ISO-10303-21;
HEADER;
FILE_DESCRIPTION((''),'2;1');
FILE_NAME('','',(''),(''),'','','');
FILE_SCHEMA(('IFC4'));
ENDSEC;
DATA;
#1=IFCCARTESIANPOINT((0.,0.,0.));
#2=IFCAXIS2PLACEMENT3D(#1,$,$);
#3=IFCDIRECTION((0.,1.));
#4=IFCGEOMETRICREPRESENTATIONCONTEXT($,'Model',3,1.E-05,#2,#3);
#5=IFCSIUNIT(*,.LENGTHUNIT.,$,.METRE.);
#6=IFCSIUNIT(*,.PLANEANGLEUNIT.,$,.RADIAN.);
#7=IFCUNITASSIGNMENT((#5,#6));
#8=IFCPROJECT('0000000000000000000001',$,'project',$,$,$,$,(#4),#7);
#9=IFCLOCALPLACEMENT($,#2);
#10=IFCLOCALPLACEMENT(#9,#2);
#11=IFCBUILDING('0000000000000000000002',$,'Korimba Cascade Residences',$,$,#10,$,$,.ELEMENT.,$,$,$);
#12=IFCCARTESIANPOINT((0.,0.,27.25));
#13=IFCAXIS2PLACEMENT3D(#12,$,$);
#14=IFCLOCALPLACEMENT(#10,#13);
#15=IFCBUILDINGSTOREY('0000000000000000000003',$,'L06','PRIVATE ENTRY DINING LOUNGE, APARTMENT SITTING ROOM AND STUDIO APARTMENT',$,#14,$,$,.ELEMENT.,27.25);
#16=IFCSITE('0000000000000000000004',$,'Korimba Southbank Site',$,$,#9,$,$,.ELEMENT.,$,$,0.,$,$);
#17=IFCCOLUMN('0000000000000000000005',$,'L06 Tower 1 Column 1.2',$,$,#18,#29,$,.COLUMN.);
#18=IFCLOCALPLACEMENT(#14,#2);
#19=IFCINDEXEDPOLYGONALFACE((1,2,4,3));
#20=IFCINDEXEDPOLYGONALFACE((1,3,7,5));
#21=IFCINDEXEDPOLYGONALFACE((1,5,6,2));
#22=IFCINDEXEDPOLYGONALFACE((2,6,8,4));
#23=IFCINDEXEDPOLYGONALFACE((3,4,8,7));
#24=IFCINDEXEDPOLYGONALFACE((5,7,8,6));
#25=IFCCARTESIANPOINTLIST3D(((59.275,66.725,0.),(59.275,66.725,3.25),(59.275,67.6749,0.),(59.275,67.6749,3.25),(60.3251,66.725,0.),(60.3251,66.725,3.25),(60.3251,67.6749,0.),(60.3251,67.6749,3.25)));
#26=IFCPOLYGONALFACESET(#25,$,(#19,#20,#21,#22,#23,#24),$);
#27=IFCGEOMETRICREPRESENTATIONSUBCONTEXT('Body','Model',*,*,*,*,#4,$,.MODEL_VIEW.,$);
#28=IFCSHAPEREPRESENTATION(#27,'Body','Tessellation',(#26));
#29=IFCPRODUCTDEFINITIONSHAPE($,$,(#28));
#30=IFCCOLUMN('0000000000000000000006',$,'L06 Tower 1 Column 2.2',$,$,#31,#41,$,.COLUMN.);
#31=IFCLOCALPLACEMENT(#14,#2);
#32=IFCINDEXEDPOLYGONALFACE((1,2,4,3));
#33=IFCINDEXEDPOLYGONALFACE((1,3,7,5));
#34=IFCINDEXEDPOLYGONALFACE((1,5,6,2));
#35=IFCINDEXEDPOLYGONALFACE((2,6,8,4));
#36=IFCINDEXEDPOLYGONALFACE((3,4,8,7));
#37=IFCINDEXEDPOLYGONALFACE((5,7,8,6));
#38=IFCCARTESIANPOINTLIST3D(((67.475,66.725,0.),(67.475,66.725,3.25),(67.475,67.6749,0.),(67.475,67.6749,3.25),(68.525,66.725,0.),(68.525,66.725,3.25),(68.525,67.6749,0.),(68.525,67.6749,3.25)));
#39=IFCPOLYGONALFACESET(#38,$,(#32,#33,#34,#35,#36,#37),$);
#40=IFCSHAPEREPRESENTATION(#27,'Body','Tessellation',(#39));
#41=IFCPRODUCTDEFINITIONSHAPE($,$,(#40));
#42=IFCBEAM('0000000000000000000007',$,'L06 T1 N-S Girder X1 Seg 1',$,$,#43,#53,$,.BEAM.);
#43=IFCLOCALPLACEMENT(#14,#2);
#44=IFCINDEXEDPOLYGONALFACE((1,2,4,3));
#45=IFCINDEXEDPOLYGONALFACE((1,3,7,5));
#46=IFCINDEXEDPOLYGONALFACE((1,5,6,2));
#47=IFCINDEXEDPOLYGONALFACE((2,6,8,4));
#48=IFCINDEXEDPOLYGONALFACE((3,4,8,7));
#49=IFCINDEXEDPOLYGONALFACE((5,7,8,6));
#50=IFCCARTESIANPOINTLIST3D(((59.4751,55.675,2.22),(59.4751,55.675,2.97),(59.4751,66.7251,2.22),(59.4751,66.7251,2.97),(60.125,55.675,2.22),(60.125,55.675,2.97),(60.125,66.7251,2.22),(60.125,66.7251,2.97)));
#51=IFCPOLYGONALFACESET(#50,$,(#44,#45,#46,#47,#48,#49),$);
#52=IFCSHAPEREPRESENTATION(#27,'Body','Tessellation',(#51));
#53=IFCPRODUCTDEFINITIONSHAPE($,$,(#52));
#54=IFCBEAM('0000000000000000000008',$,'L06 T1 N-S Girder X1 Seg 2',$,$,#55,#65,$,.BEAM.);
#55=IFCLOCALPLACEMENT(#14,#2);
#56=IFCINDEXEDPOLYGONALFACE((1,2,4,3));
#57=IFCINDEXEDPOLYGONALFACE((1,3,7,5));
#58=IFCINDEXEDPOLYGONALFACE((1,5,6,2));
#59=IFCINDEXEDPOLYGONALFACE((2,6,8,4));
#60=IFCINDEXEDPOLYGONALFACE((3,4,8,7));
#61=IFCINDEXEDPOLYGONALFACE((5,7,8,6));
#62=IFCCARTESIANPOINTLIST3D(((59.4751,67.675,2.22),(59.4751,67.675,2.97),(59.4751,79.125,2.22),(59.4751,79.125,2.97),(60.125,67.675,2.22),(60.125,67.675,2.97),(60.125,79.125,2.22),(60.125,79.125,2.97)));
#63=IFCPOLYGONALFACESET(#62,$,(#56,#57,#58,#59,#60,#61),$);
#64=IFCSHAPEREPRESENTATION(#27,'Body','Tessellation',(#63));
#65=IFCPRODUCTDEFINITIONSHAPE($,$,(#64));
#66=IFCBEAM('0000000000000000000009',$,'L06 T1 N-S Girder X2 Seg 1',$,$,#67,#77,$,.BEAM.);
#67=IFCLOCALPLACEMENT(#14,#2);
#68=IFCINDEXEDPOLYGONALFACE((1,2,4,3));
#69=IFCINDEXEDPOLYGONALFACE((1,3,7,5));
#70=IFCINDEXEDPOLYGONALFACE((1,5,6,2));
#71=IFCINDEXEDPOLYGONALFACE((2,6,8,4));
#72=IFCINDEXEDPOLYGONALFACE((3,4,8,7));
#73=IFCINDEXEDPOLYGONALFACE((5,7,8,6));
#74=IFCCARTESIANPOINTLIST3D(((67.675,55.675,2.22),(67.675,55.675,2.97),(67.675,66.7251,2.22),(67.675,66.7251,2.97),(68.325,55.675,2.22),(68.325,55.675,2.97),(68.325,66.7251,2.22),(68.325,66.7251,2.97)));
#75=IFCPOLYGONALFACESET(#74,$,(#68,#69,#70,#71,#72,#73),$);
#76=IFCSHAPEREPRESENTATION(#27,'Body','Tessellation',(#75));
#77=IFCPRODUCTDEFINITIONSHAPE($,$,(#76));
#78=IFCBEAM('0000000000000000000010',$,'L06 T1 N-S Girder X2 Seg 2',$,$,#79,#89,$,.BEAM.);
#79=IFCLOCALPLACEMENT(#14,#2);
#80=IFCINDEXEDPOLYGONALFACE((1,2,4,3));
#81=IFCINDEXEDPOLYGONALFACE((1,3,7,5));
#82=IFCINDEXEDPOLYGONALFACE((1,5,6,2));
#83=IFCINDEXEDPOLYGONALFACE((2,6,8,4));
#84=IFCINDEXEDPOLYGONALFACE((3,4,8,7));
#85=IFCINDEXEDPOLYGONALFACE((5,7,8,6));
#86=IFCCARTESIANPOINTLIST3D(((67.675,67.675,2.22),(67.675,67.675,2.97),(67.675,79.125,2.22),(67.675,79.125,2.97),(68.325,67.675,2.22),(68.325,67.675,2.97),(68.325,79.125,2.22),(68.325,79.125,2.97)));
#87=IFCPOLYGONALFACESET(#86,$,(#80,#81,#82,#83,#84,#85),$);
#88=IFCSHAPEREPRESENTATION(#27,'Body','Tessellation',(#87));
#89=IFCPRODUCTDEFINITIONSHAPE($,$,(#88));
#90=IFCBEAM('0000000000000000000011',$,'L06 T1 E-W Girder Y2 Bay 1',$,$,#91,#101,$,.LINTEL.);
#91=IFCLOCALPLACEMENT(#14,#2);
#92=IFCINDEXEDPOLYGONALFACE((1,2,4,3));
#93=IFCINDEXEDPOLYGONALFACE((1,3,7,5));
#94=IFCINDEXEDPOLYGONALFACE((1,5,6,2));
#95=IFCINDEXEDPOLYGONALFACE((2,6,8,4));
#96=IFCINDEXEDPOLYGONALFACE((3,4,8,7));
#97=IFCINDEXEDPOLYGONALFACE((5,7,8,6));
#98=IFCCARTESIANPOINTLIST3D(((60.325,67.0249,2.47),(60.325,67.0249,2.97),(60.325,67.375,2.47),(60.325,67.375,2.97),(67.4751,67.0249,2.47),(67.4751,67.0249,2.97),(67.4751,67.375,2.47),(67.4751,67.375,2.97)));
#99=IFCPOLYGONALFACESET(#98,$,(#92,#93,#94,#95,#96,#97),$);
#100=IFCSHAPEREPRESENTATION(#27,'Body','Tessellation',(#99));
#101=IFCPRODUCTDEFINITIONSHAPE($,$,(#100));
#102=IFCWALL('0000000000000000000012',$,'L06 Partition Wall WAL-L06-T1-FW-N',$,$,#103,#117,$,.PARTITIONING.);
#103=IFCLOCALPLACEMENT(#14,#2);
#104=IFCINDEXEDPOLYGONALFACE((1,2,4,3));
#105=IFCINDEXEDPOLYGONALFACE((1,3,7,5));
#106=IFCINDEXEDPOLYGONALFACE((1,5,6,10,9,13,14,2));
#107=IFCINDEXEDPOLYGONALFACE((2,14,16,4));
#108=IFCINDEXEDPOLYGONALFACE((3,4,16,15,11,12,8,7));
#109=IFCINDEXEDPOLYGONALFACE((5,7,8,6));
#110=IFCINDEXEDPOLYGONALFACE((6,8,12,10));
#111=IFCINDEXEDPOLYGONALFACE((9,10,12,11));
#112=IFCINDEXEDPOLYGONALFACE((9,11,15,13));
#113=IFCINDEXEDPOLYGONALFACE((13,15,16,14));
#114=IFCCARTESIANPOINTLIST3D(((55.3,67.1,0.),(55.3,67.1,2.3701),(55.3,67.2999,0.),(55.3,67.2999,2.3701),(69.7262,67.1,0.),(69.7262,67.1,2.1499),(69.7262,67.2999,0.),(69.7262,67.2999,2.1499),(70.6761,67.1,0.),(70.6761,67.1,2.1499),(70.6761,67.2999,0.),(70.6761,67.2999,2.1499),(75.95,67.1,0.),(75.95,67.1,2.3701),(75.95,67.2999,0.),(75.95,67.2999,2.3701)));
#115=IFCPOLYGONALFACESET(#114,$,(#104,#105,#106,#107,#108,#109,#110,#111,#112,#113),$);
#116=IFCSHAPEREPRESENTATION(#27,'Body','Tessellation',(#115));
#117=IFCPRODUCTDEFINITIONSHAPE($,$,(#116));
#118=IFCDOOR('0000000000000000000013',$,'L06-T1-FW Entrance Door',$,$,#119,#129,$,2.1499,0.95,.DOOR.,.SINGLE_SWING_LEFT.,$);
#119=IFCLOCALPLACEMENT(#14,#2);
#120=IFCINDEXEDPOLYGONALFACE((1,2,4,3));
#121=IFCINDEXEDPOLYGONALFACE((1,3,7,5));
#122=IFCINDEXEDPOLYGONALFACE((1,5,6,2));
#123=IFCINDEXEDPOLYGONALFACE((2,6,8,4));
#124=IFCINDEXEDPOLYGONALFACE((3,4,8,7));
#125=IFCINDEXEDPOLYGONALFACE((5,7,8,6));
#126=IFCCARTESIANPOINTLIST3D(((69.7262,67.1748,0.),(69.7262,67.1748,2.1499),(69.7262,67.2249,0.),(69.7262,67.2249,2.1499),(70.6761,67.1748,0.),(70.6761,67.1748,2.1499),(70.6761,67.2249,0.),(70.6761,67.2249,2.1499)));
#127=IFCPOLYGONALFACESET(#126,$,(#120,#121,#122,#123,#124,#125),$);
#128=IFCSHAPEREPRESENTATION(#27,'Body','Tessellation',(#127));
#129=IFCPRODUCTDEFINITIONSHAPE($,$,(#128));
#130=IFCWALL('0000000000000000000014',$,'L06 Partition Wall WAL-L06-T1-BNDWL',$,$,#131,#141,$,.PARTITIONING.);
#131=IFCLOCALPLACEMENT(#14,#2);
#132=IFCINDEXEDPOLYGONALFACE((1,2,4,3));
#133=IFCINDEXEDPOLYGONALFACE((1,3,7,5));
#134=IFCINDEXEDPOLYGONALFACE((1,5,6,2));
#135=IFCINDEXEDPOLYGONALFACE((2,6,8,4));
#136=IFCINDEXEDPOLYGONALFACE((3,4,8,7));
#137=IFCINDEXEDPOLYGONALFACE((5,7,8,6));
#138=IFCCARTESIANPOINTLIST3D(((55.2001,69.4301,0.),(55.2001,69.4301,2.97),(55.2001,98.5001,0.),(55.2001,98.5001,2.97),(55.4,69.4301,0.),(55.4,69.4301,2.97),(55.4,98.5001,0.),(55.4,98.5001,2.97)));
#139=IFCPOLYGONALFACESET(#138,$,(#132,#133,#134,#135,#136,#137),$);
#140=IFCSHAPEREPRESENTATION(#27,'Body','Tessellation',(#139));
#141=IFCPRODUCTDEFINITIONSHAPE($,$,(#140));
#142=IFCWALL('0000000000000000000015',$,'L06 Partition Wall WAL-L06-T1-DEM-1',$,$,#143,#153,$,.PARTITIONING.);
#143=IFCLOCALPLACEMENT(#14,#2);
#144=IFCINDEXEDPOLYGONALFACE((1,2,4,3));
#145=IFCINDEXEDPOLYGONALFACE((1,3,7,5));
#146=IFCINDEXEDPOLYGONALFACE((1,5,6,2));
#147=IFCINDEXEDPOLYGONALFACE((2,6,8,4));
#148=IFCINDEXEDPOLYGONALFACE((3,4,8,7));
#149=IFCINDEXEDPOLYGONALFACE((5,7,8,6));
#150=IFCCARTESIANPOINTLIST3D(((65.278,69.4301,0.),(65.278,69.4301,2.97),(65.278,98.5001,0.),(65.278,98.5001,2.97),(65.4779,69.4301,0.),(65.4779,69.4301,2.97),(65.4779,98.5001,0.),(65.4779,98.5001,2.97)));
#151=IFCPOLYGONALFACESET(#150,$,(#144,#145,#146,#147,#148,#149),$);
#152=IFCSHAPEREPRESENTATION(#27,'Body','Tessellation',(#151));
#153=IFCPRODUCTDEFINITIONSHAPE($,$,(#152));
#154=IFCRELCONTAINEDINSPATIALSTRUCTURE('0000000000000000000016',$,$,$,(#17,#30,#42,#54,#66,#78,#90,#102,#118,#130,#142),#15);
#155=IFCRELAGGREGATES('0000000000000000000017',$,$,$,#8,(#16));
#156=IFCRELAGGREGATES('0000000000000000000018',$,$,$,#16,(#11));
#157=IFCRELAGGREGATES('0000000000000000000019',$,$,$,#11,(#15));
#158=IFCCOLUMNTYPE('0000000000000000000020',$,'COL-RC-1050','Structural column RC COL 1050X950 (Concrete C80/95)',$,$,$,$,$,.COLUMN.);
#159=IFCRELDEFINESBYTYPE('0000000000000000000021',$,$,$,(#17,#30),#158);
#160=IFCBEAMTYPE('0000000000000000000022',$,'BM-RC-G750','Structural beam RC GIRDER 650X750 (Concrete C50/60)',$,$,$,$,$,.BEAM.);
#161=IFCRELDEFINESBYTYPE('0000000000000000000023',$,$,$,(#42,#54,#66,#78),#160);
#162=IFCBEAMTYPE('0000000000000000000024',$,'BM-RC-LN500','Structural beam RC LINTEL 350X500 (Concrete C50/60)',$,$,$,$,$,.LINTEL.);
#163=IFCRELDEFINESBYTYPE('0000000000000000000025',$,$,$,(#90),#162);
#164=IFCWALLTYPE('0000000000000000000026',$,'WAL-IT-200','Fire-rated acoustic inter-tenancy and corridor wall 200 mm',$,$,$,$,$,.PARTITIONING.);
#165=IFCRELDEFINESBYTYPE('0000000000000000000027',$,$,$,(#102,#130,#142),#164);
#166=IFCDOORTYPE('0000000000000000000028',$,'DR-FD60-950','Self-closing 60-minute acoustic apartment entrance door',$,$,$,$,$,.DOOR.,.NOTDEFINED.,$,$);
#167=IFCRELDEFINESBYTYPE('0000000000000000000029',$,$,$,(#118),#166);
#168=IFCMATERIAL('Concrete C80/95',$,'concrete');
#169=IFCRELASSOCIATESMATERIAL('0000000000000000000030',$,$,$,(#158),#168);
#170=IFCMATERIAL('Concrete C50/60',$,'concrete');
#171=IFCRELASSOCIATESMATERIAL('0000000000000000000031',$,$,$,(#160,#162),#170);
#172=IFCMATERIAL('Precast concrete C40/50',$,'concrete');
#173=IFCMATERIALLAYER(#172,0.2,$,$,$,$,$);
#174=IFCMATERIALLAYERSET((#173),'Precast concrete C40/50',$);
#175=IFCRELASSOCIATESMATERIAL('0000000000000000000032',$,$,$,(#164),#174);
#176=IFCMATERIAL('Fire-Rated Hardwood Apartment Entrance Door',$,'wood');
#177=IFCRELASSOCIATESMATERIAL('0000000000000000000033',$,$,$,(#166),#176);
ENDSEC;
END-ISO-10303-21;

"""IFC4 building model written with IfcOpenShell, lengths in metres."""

from ifc_helpers import new_model, si_unit, direction, frame, frame_2d, origin, origin_2d, place, context, subcontext, project, spatial, rectangle, extrude, material, layer, layer_set, material_profile, profile_set, type_object, element, fill, save


model = new_model("IFC4")

# Units and contexts
model_context = context("Model", 3, precision=1e-05, world=origin(), true_north=direction((0.0, 1.0)))
body_context = subcontext(model_context, "Body", "Model", "MODEL_VIEW")
ifc_project = project(units=[si_unit("LENGTHUNIT", "METRE"), si_unit("PLANEANGLEUNIT", "RADIAN")], contexts=[model_context])

# Site, building, storey
site_placement = place(None, origin())
site = spatial("IfcSite", under=ifc_project, at=site_placement, Name="Korimba Southbank Site", CompositionType="ELEMENT", RefElevation=0.0)
building_placement = place(site_placement, origin())
building = spatial("IfcBuilding", under=site, at=building_placement, Name="Korimba Cascade Residences", CompositionType="ELEMENT")
storey_placement = place(building_placement, frame((0.0, 0.0, 27.25)))
storey = spatial("IfcBuildingStorey", under=building, at=storey_placement, Name="L06", Description="PRIVATE ENTRY DINING LOUNGE, APARTMENT SITTING ROOM AND STUDIO APARTMENT", CompositionType="ELEMENT", Elevation=27.25)

# Columns
ifc_material_1 = material(Name="Concrete C80/95", Category="concrete")
ifc_material_profile_1 = material_profile(ifc_material_1, rectangle(XDim=1.05, YDim=0.95, at=origin_2d()), Name="Concrete C80/95")
ifc_profile_set_1 = profile_set([ifc_material_profile_1], Name="Concrete C80/95")
column_type = type_object("IfcColumnType", Name="COL-RC-1050", Description="Structural column RC COL 1050X950 (Concrete C80/95)", PredefinedType="COLUMN", material=ifc_profile_set_1)
for number, where, z_axis, x_axis, name in (
    (1, (59.8, 67.2, 0.0), (0.0, 0.0, 1.0), (1.0, 0.0, 0.0), "L06 Tower 1 Column 1.2"),
    (2, (68.0, 67.2, 0.0), (0.0, 0.0, 1.0), (1.0, 0.0, 0.0), "L06 Tower 1 Column 2.2"),
):
    element("IfcColumn", number, at=place(storey_placement, frame(where, z_axis=z_axis, x_axis=x_axis)), inside=storey, type_object=column_type, Name=name, PredefinedType="COLUMN", context=body_context, shape_type="SweptSolid", body=[
        extrude(rectangle(XDim=1.05, YDim=0.95, at=origin_2d()), origin(), (0.0, 0.0, 1.0), 3.25),
    ])

# Beams
ifc_material_2 = material(Name="Concrete C50/60", Category="concrete")
ifc_material_profile_2 = material_profile(ifc_material_2, rectangle(XDim=0.6499, YDim=0.75, at=origin_2d()), Name="Concrete C50/60")
ifc_profile_set_2 = profile_set([ifc_material_profile_2], Name="Concrete C50/60")
beam_type_1 = type_object("IfcBeamType", Name="BM-RC-G750", Description="Structural beam RC GIRDER 650X750 (Concrete C50/60)", PredefinedType="BEAM", material=ifc_profile_set_2)
beam_1_placement = place(storey_placement, frame((59.8, 55.675, 2.595), z_axis=(0.0, 1.0, 0.0), x_axis=(-1.0, 0.0, 0.0)))
element("IfcBeam", 3, at=beam_1_placement, inside=storey, type_object=beam_type_1, Name="L06 T1 N-S Girder X1 Seg 1", PredefinedType="BEAM", context=body_context, shape_type="SweptSolid", body=[
    extrude(rectangle(XDim=0.6499, YDim=0.75, at=origin_2d()), origin(), (0.0, 0.0, 1.0), 11.05),
])
beam_2_placement = place(storey_placement, frame((59.8, 67.675, 2.595), z_axis=(0.0, 1.0, 0.0), x_axis=(-1.0, 0.0, 0.0)))
element("IfcBeam", 4, at=beam_2_placement, inside=storey, type_object=beam_type_1, Name="L06 T1 N-S Girder X1 Seg 2", PredefinedType="BEAM", context=body_context, shape_type="SweptSolid", body=[
    extrude(rectangle(XDim=0.6499, YDim=0.75, at=origin_2d()), origin(), (0.0, 0.0, 1.0), 11.45),
])
beam_3_placement = place(storey_placement, frame((68.0, 55.675, 2.595), z_axis=(0.0, 1.0, 0.0), x_axis=(-1.0, 0.0, 0.0)))
element("IfcBeam", 5, at=beam_3_placement, inside=storey, type_object=beam_type_1, Name="L06 T1 N-S Girder X2 Seg 1", PredefinedType="BEAM", context=body_context, shape_type="SweptSolid", body=[
    extrude(rectangle(XDim=0.6499, YDim=0.75, at=origin_2d()), origin(), (0.0, 0.0, 1.0), 11.05),
])
beam_4_placement = place(storey_placement, frame((68.0, 67.675, 2.595), z_axis=(0.0, 1.0, 0.0), x_axis=(-1.0, 0.0, 0.0)))
element("IfcBeam", 6, at=beam_4_placement, inside=storey, type_object=beam_type_1, Name="L06 T1 N-S Girder X2 Seg 2", PredefinedType="BEAM", context=body_context, shape_type="SweptSolid", body=[
    extrude(rectangle(XDim=0.6499, YDim=0.75, at=origin_2d()), origin(), (0.0, 0.0, 1.0), 11.45),
])
ifc_material_profile_3 = material_profile(ifc_material_2, rectangle(XDim=0.3501, YDim=0.5, at=origin_2d()), Name="Concrete C50/60")
ifc_profile_set_3 = profile_set([ifc_material_profile_3], Name="Concrete C50/60")
beam_type_2 = type_object("IfcBeamType", Name="BM-RC-LN500", Description="Structural beam RC LINTEL 350X500 (Concrete C50/60)", PredefinedType="LINTEL", material=ifc_profile_set_3)
beam_5_placement = place(storey_placement, frame((60.325, 67.2, 2.72), z_axis=(1.0, 0.0, 0.0), x_axis=(0.0, 1.0, 0.0)))
element("IfcBeam", 7, at=beam_5_placement, inside=storey, type_object=beam_type_2, Name="L06 T1 E-W Girder Y2 Bay 1", PredefinedType="LINTEL", context=body_context, shape_type="SweptSolid", body=[
    extrude(rectangle(XDim=0.3501, YDim=0.5, at=origin_2d()), origin(), (0.0, 0.0, 1.0), 7.1501),
])

# Wall, opening, door
ifc_material_3 = material(Name="Precast concrete C40/50", Category="concrete")
ifc_layer_1 = layer(ifc_material_3, 0.2)
ifc_layer_set_1 = layer_set([ifc_layer_1], Name="Precast concrete C40/50")
wall_type_1 = type_object("IfcWallType", Name="WAL-IT-200", Description="Fire-rated acoustic inter-tenancy and corridor wall 200 mm", PredefinedType="PARTITIONING", material=ifc_layer_set_1)
wall_1_placement = place(storey_placement, frame((55.3, 67.2, 0.0), z_axis=(0.0, 0.0, 1.0), x_axis=(1.0, 0.0, 0.0)))
wall_1 = element("IfcWall", 8, at=wall_1_placement, inside=storey, type_object=wall_type_1, Name="L06 Partition Wall WAL-L06-T1-FW-N", PredefinedType="PARTITIONING", context=body_context, shape_type="SweptSolid", body=[
    extrude(rectangle(XDim=20.6499, YDim=0.2, at=frame_2d((10.325, 0.0))), origin(), (0.0, 0.0, 1.0), 2.3701),
])
opening_1_placement = place(wall_1_placement, frame((14.426, 0.0, 0.0)))
opening_1 = element("IfcOpeningElement", 9, at=opening_1_placement, cuts=wall_1, PredefinedType="OPENING", context=body_context, shape_type="SweptSolid", body=[
    extrude(rectangle(XDim=0.95, YDim=2.1499, at=frame_2d((0.4751, 1.075))), frame((0.0, 0.1099, 0.0), z_axis=(0.0, -1.0, 0.0), x_axis=(1.0, 0.0, 0.0)), (0.0, 0.0, 1.0), 0.22),
])
ifc_material_4 = material(Name="Fire-Rated Hardwood Apartment Entrance Door", Category="wood")
door_type_1 = type_object("IfcDoorType", Name="DR-FD60-950", Description="Self-closing 60-minute acoustic apartment entrance door", OperationType="NOTDEFINED", PredefinedType="DOOR", material=ifc_material_4)
door_1_placement = place(opening_1_placement, origin())
door_1 = element("IfcDoor", 10, at=door_1_placement, inside=storey, type_object=door_type_1, Name="L06-T1-FW Entrance Door", OperationType="SINGLE_SWING_LEFT", OverallHeight=2.1499, OverallWidth=0.95, PredefinedType="DOOR", context=body_context, shape_type="SweptSolid", body=[
    extrude(rectangle(XDim=0.95, YDim=2.1499, at=frame_2d((0.4751, 1.075))), frame((0.0, 0.0249, 0.0), z_axis=(0.0, -1.0, 0.0), x_axis=(1.0, 0.0, 0.0)), (0.0, 0.0, 1.0), 0.05),
])
fill(opening_1, door_1)

# Walls
for number, where, z_axis, x_axis, name in (
    (11, (55.3, 69.4299, 0.0), (0.0, 0.0, 1.0), (0.0, 1.0, 0.0), "L06 Partition Wall WAL-L06-T1-BNDWL"),
    (12, (65.3779, 69.4299, 0.0), (0.0, 0.0, 1.0), (0.0, 1.0, 0.0), "L06 Partition Wall WAL-L06-T1-DEM-1"),
):
    element("IfcWall", number, at=place(storey_placement, frame(where, z_axis=z_axis, x_axis=x_axis)), inside=storey, type_object=wall_type_1, Name=name, PredefinedType="PARTITIONING", context=body_context, shape_type="SweptSolid", body=[
        extrude(rectangle(XDim=29.0701, YDim=0.2, at=frame_2d((14.5352, 0.0))), origin(), (0.0, 0.0, 1.0), 2.97),
    ])

save(model, "model.ifc")
